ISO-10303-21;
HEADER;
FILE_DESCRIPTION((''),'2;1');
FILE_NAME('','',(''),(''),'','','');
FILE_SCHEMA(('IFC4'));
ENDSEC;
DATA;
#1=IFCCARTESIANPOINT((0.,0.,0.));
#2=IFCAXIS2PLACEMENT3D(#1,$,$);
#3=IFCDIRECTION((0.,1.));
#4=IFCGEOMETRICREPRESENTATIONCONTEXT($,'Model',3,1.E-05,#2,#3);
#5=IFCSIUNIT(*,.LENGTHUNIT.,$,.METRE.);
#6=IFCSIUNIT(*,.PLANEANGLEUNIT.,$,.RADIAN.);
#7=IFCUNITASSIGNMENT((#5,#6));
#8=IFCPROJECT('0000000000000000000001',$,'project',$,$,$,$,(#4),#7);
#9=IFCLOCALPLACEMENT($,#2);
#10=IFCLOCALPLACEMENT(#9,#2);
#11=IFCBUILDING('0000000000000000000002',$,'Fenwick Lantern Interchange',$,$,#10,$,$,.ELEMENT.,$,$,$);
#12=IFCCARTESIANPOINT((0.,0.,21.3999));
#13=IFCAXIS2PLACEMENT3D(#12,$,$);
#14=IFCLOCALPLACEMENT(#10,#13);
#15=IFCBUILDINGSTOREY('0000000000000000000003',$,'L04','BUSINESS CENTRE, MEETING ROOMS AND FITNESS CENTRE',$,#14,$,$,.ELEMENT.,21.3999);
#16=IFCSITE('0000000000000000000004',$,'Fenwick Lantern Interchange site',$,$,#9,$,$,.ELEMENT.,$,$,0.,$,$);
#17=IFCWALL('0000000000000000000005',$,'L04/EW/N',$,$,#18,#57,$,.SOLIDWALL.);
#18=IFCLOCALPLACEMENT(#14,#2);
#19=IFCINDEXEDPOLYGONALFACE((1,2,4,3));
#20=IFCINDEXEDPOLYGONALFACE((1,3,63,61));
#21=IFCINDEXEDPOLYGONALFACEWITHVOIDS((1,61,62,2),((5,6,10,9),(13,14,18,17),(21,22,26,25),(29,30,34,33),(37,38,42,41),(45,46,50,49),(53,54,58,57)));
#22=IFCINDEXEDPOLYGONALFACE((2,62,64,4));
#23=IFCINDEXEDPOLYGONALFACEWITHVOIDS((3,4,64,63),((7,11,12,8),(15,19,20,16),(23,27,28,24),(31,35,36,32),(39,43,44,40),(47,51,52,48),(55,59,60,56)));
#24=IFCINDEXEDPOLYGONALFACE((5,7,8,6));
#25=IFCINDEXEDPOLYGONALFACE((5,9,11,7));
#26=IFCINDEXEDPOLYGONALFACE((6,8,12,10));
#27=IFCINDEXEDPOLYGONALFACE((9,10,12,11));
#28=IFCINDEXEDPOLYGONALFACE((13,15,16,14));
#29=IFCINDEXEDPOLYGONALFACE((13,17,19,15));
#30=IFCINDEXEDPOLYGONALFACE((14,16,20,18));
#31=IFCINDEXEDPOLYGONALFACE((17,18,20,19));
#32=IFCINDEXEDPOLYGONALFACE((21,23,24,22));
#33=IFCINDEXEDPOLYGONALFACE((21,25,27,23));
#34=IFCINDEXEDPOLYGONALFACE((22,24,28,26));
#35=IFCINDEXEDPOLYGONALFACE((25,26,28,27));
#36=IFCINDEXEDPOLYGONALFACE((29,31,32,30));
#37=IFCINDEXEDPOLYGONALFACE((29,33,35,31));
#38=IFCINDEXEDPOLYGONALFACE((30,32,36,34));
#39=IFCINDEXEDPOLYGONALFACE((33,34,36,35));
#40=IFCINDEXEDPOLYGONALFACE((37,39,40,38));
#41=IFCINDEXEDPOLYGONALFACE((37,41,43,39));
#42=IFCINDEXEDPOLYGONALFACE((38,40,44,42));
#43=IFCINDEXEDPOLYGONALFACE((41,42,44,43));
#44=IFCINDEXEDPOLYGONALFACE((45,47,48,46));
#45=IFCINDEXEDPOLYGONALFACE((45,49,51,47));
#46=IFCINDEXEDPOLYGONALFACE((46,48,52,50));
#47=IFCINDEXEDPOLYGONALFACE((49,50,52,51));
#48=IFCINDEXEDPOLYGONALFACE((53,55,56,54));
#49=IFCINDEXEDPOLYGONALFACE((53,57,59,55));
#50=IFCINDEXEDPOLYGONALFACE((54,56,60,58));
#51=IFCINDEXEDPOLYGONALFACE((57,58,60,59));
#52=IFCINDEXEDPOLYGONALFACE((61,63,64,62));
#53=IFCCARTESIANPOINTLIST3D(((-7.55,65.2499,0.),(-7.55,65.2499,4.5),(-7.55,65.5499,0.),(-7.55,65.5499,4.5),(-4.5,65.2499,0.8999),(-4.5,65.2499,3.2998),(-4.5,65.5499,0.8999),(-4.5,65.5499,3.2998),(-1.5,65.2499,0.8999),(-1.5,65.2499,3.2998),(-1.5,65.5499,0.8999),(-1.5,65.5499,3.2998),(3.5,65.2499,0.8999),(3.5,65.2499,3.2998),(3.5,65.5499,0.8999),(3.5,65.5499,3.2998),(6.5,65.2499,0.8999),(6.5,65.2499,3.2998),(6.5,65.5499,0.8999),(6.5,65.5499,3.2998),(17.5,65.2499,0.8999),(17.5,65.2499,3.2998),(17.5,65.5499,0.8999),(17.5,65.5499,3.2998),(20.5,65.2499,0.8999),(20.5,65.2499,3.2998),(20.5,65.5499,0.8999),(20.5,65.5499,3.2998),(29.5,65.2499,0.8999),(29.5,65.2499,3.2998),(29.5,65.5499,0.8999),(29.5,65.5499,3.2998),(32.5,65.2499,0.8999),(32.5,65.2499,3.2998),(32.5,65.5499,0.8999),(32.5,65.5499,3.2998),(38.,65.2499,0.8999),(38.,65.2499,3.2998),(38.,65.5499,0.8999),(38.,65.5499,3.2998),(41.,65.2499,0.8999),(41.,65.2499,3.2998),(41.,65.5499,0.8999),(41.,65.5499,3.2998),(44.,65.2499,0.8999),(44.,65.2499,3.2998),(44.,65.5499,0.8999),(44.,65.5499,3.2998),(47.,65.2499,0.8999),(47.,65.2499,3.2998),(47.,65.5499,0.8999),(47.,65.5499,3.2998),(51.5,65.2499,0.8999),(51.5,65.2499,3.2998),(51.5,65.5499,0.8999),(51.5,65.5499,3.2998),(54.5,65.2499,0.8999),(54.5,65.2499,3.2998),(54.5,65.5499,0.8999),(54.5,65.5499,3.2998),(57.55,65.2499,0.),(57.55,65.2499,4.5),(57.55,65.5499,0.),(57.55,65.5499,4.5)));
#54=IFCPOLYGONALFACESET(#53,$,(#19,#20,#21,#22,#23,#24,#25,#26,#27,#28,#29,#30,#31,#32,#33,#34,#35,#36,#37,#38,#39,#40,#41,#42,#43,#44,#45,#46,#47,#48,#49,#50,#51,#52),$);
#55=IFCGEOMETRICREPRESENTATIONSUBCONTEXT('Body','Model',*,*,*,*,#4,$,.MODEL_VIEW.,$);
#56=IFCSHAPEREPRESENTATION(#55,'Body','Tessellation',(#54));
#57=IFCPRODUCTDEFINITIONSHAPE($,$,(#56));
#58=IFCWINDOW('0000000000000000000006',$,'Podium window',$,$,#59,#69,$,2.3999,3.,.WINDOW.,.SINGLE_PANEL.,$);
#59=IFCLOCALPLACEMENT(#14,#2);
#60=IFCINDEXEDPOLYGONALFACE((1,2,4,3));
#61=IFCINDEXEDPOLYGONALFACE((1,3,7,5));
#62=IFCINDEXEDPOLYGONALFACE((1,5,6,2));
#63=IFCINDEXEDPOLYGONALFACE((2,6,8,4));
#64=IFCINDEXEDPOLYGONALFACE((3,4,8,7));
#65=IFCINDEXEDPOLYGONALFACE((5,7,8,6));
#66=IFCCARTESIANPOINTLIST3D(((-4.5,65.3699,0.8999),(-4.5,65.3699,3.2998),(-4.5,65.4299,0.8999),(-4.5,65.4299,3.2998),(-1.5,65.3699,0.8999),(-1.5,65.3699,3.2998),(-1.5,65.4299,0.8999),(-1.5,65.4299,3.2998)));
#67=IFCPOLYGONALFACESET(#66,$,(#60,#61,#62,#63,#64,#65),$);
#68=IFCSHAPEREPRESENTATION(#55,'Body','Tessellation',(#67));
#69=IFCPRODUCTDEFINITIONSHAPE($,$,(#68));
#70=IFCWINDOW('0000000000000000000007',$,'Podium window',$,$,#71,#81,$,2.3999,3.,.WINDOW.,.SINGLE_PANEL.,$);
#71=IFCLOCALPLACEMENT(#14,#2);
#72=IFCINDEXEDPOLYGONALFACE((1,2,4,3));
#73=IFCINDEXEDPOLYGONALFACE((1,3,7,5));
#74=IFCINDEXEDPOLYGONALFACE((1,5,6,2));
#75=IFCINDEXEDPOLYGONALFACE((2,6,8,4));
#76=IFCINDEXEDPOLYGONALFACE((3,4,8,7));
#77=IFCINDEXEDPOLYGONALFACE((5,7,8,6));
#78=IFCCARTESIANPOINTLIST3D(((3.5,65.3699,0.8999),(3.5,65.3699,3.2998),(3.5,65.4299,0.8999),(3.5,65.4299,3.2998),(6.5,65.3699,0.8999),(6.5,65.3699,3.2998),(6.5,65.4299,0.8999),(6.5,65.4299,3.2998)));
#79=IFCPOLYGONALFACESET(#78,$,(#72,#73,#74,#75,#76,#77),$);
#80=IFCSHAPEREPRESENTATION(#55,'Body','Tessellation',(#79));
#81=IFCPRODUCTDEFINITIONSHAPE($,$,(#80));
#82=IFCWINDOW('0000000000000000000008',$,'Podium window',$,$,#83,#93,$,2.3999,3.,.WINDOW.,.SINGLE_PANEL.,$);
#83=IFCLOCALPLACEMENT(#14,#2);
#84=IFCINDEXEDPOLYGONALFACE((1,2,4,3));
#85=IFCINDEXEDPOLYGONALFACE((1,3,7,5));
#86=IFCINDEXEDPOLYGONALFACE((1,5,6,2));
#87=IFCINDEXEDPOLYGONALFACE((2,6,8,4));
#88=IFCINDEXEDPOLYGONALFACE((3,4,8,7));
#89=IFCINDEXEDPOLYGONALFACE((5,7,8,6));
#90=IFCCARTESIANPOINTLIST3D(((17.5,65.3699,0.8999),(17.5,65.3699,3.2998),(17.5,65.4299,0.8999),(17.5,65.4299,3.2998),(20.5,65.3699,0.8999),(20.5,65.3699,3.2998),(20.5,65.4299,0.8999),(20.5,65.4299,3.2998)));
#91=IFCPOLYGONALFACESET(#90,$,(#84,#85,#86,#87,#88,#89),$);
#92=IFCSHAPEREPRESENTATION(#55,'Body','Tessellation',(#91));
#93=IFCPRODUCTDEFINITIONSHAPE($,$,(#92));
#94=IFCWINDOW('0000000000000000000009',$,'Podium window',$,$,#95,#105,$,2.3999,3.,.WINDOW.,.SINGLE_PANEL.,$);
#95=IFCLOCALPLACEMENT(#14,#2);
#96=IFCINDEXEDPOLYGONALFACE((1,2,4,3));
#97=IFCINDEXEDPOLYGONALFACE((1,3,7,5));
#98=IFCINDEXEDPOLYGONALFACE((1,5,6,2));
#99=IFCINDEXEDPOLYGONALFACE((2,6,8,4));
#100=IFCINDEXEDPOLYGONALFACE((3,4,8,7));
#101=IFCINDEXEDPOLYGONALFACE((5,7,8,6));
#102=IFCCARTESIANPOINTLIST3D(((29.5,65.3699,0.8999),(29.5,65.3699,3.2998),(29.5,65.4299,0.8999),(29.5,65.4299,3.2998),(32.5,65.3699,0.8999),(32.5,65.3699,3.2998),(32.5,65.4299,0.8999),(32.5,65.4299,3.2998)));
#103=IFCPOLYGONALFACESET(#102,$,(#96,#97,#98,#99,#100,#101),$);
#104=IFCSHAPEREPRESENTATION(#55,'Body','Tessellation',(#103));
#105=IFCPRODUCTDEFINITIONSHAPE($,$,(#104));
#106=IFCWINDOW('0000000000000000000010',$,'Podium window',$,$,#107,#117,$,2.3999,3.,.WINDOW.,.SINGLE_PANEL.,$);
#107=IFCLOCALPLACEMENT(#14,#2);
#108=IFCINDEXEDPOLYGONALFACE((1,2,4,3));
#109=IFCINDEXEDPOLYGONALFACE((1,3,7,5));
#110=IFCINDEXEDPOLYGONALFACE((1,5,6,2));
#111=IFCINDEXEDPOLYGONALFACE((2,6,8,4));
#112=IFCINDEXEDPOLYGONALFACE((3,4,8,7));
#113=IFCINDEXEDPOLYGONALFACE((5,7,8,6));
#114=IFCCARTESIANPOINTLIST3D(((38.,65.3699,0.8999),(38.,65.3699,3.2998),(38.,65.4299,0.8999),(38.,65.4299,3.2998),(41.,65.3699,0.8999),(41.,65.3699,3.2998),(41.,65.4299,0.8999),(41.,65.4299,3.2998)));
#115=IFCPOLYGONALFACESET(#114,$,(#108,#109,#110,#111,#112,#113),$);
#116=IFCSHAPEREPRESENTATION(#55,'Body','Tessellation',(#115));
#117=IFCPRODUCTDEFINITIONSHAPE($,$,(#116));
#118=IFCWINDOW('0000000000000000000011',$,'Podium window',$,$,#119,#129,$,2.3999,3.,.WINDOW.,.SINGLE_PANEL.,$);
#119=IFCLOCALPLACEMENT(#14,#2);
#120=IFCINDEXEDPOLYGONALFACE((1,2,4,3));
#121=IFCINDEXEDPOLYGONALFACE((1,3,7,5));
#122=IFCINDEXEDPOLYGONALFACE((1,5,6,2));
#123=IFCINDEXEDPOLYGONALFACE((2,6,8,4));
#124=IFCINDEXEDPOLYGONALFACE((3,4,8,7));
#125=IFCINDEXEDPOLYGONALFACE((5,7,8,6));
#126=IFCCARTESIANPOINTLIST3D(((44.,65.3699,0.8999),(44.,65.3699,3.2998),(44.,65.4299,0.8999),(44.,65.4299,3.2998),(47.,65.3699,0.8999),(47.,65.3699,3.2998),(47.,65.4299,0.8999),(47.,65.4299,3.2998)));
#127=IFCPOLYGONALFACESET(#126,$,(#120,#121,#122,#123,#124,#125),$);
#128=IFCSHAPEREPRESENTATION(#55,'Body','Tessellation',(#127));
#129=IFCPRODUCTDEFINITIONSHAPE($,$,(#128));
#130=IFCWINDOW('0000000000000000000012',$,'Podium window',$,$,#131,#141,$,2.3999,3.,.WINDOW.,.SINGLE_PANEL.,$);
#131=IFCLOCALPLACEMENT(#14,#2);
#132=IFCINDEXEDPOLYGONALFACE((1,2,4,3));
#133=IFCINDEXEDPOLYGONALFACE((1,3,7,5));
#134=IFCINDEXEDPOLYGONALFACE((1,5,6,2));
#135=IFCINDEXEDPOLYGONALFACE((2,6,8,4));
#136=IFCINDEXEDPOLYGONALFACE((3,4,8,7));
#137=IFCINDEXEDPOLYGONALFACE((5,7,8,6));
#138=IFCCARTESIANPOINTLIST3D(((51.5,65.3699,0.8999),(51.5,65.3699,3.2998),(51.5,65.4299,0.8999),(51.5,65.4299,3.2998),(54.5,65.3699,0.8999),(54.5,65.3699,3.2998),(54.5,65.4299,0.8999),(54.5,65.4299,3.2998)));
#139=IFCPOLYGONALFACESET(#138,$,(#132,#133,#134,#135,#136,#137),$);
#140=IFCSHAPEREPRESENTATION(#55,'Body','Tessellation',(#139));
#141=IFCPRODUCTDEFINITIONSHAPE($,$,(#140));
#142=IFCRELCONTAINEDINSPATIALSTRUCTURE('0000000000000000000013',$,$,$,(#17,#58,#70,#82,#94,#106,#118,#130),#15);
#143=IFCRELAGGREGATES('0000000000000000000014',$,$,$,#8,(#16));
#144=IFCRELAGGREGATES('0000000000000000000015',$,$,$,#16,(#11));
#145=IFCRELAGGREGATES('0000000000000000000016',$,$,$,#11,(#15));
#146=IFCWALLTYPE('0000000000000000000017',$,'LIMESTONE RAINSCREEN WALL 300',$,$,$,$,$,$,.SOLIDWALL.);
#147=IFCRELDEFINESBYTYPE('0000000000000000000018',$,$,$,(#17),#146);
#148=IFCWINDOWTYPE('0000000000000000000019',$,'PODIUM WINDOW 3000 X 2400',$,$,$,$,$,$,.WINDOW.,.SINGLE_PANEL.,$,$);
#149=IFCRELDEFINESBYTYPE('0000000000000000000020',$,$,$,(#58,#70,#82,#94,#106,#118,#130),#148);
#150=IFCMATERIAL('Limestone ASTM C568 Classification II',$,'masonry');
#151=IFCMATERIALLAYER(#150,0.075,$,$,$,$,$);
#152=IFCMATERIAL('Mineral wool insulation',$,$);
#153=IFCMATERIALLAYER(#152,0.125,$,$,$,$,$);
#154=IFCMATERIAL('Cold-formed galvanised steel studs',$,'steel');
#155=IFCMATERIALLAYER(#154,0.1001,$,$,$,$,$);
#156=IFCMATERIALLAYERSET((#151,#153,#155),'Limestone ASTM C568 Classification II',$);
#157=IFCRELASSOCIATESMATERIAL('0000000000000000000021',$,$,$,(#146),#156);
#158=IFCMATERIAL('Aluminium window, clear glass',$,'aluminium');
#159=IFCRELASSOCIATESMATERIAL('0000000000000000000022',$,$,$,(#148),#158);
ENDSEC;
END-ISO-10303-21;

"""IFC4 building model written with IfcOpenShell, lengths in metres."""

from ifc_helpers import new_model, si_unit, direction, frame, frame_2d, origin, place, context, subcontext, project, spatial, rectangle, extrude, material, layer, layer_set, type_object, element, fill, save


model = new_model("IFC4")

# Units and contexts
model_context = context("Model", 3, precision=1e-05, world=origin(), true_north=direction((0.0, 1.0)))
body_context = subcontext(model_context, "Body", "Model", "MODEL_VIEW")
ifc_project = project(units=[si_unit("LENGTHUNIT", "METRE"), si_unit("PLANEANGLEUNIT", "RADIAN")], contexts=[model_context])

# Site, building, storey
site_placement = place(None, origin())
site = spatial("IfcSite", under=ifc_project, at=site_placement, Name="Fenwick Lantern Interchange site", CompositionType="ELEMENT", RefElevation=0.0)
building_placement = place(site_placement, origin())
building = spatial("IfcBuilding", under=site, at=building_placement, Name="Fenwick Lantern Interchange", CompositionType="ELEMENT")
storey_placement = place(building_placement, frame((0.0, 0.0, 21.3999)))
storey = spatial("IfcBuildingStorey", under=building, at=storey_placement, Name="L04", Description="BUSINESS CENTRE, MEETING ROOMS AND FITNESS CENTRE", CompositionType="ELEMENT", Elevation=21.3999)

# Wall, openings, windows
ifc_material_1 = material(Name="Limestone ASTM C568 Classification II", Category="masonry")
ifc_layer_1 = layer(ifc_material_1, 0.075)
ifc_material_2 = material(Name="Mineral wool insulation")
ifc_layer_2 = layer(ifc_material_2, 0.125)
ifc_material_3 = material(Name="Cold-formed galvanised steel studs", Category="steel")
ifc_layer_3 = layer(ifc_material_3, 0.1001)
ifc_layer_set_1 = layer_set([ifc_layer_1, ifc_layer_2, ifc_layer_3], Name="Limestone ASTM C568 Classification II")
wall_type_1 = type_object("IfcWallType", Name="LIMESTONE RAINSCREEN WALL 300", PredefinedType="SOLIDWALL", material=ifc_layer_set_1)
wall_placement = place(storey_placement, frame((57.55, 65.3999, 0.0), z_axis=(0.0, 0.0, 1.0), x_axis=(-1.0, 0.0, 0.0)))
wall = element("IfcWall", 1, at=wall_placement, inside=storey, type_object=wall_type_1, Name="L04/EW/N", PredefinedType="SOLIDWALL", context=body_context, shape_type="SweptSolid", body=[
    extrude(rectangle(XDim=65.1001, YDim=0.3, at=frame_2d((32.55, 0.0))), origin(), (0.0, 0.0, 1.0), 4.5),
])
opening_1_placement = place(wall_placement, frame((59.05, 0.0, 0.8999)))
opening_1 = element("IfcOpeningElement", 2, at=opening_1_placement, cuts=wall, PredefinedType="OPENING", context=body_context, shape_type="SweptSolid", body=[
    extrude(rectangle(XDim=3.0, YDim=2.3999, at=frame_2d((1.5, 1.2))), frame((0.0, 0.1599, 0.0), z_axis=(0.0, -1.0, 0.0), x_axis=(1.0, 0.0, 0.0)), (0.0, 0.0, 1.0), 0.3201),
])
opening_2_placement = place(wall_placement, frame((51.05, 0.0, 0.8999)))
opening_2 = element("IfcOpeningElement", 3, at=opening_2_placement, cuts=wall, PredefinedType="OPENING", context=body_context, shape_type="SweptSolid", body=[
    extrude(rectangle(XDim=3.0, YDim=2.3999, at=frame_2d((1.5, 1.2))), frame((0.0, 0.1599, 0.0), z_axis=(0.0, -1.0, 0.0), x_axis=(1.0, 0.0, 0.0)), (0.0, 0.0, 1.0), 0.3201),
])
opening_3_placement = place(wall_placement, frame((37.05, 0.0, 0.8999)))
opening_3 = element("IfcOpeningElement", 4, at=opening_3_placement, cuts=wall, PredefinedType="OPENING", context=body_context, shape_type="SweptSolid", body=[
    extrude(rectangle(XDim=3.0, YDim=2.3999, at=frame_2d((1.5, 1.2))), frame((0.0, 0.1599, 0.0), z_axis=(0.0, -1.0, 0.0), x_axis=(1.0, 0.0, 0.0)), (0.0, 0.0, 1.0), 0.3201),
])
opening_4_placement = place(wall_placement, frame((25.05, 0.0, 0.8999)))
opening_4 = element("IfcOpeningElement", 5, at=opening_4_placement, cuts=wall, PredefinedType="OPENING", context=body_context, shape_type="SweptSolid", body=[
    extrude(rectangle(XDim=3.0, YDim=2.3999, at=frame_2d((1.5, 1.2))), frame((0.0, 0.1599, 0.0), z_axis=(0.0, -1.0, 0.0), x_axis=(1.0, 0.0, 0.0)), (0.0, 0.0, 1.0), 0.3201),
])
opening_5_placement = place(wall_placement, frame((16.55, 0.0, 0.8999)))
opening_5 = element("IfcOpeningElement", 6, at=opening_5_placement, cuts=wall, PredefinedType="OPENING", context=body_context, shape_type="SweptSolid", body=[
    extrude(rectangle(XDim=3.0, YDim=2.3999, at=frame_2d((1.5, 1.2))), frame((0.0, 0.1599, 0.0), z_axis=(0.0, -1.0, 0.0), x_axis=(1.0, 0.0, 0.0)), (0.0, 0.0, 1.0), 0.3201),
])
opening_6_placement = place(wall_placement, frame((10.55, 0.0, 0.8999)))
opening_6 = element("IfcOpeningElement", 7, at=opening_6_placement, cuts=wall, PredefinedType="OPENING", context=body_context, shape_type="SweptSolid", body=[
    extrude(rectangle(XDim=3.0, YDim=2.3999, at=frame_2d((1.5, 1.2))), frame((0.0, 0.1599, 0.0), z_axis=(0.0, -1.0, 0.0), x_axis=(1.0, 0.0, 0.0)), (0.0, 0.0, 1.0), 0.3201),
])
opening_7_placement = place(wall_placement, frame((3.05, 0.0, 0.8999)))
opening_7 = element("IfcOpeningElement", 8, at=opening_7_placement, cuts=wall, PredefinedType="OPENING", context=body_context, shape_type="SweptSolid", body=[
    extrude(rectangle(XDim=3.0, YDim=2.3999, at=frame_2d((1.5, 1.2))), frame((0.0, 0.1599, 0.0), z_axis=(0.0, -1.0, 0.0), x_axis=(1.0, 0.0, 0.0)), (0.0, 0.0, 1.0), 0.3201),
])
ifc_material_4 = material(Name="Aluminium window, clear glass", Category="aluminium")
window_type = type_object("IfcWindowType", Name="PODIUM WINDOW 3000 X 2400", PartitioningType="SINGLE_PANEL", PredefinedType="WINDOW", material=ifc_material_4)
window_1_placement = place(opening_1_placement, origin())
window_1 = element("IfcWindow", 9, at=window_1_placement, inside=storey, type_object=window_type, Name="Podium window", OverallHeight=2.3999, OverallWidth=3.0, PartitioningType="SINGLE_PANEL", PredefinedType="WINDOW", context=body_context, shape_type="SweptSolid", body=[
    extrude(rectangle(XDim=3.0, YDim=2.3999, at=frame_2d((1.5, 1.2))), frame((0.0, 0.03, 0.0), z_axis=(0.0, -1.0, 0.0), x_axis=(1.0, 0.0, 0.0)), (0.0, 0.0, 1.0), 0.0601),
])
fill(opening_1, window_1)
window_2_placement = place(opening_2_placement, origin())
window_2 = element("IfcWindow", 10, at=window_2_placement, inside=storey, type_object=window_type, Name="Podium window", OverallHeight=2.3999, OverallWidth=3.0, PartitioningType="SINGLE_PANEL", PredefinedType="WINDOW", context=body_context, shape_type="SweptSolid", body=[
    extrude(rectangle(XDim=3.0, YDim=2.3999, at=frame_2d((1.5, 1.2))), frame((0.0, 0.03, 0.0), z_axis=(0.0, -1.0, 0.0), x_axis=(1.0, 0.0, 0.0)), (0.0, 0.0, 1.0), 0.0601),
])
fill(opening_2, window_2)
window_3_placement = place(opening_3_placement, origin())
window_3 = element("IfcWindow", 11, at=window_3_placement, inside=storey, type_object=window_type, Name="Podium window", OverallHeight=2.3999, OverallWidth=3.0, PartitioningType="SINGLE_PANEL", PredefinedType="WINDOW", context=body_context, shape_type="SweptSolid", body=[
    extrude(rectangle(XDim=3.0, YDim=2.3999, at=frame_2d((1.5, 1.2))), frame((0.0, 0.03, 0.0), z_axis=(0.0, -1.0, 0.0), x_axis=(1.0, 0.0, 0.0)), (0.0, 0.0, 1.0), 0.0601),
])
fill(opening_3, window_3)
window_4_placement = place(opening_4_placement, origin())
window_4 = element("IfcWindow", 12, at=window_4_placement, inside=storey, type_object=window_type, Name="Podium window", OverallHeight=2.3999, OverallWidth=3.0, PartitioningType="SINGLE_PANEL", PredefinedType="WINDOW", context=body_context, shape_type="SweptSolid", body=[
    extrude(rectangle(XDim=3.0, YDim=2.3999, at=frame_2d((1.5, 1.2))), frame((0.0, 0.03, 0.0), z_axis=(0.0, -1.0, 0.0), x_axis=(1.0, 0.0, 0.0)), (0.0, 0.0, 1.0), 0.0601),
])
fill(opening_4, window_4)
window_5_placement = place(opening_5_placement, origin())
window_5 = element("IfcWindow", 13, at=window_5_placement, inside=storey, type_object=window_type, Name="Podium window", OverallHeight=2.3999, OverallWidth=3.0, PartitioningType="SINGLE_PANEL", PredefinedType="WINDOW", context=body_context, shape_type="SweptSolid", body=[
    extrude(rectangle(XDim=3.0, YDim=2.3999, at=frame_2d((1.5, 1.2))), frame((0.0, 0.03, 0.0), z_axis=(0.0, -1.0, 0.0), x_axis=(1.0, 0.0, 0.0)), (0.0, 0.0, 1.0), 0.0601),
])
fill(opening_5, window_5)
window_6_placement = place(opening_6_placement, origin())
window_6 = element("IfcWindow", 14, at=window_6_placement, inside=storey, type_object=window_type, Name="Podium window", OverallHeight=2.3999, OverallWidth=3.0, PartitioningType="SINGLE_PANEL", PredefinedType="WINDOW", context=body_context, shape_type="SweptSolid", body=[
    extrude(rectangle(XDim=3.0, YDim=2.3999, at=frame_2d((1.5, 1.2))), frame((0.0, 0.03, 0.0), z_axis=(0.0, -1.0, 0.0), x_axis=(1.0, 0.0, 0.0)), (0.0, 0.0, 1.0), 0.0601),
])
fill(opening_6, window_6)
window_7_placement = place(opening_7_placement, origin())
window_7 = element("IfcWindow", 15, at=window_7_placement, inside=storey, type_object=window_type, Name="Podium window", OverallHeight=2.3999, OverallWidth=3.0, PartitioningType="SINGLE_PANEL", PredefinedType="WINDOW", context=body_context, shape_type="SweptSolid", body=[
    extrude(rectangle(XDim=3.0, YDim=2.3999, at=frame_2d((1.5, 1.2))), frame((0.0, 0.03, 0.0), z_axis=(0.0, -1.0, 0.0), x_axis=(1.0, 0.0, 0.0)), (0.0, 0.0, 1.0), 0.0601),
])
fill(opening_7, window_7)

save(model, "model.ifc")
